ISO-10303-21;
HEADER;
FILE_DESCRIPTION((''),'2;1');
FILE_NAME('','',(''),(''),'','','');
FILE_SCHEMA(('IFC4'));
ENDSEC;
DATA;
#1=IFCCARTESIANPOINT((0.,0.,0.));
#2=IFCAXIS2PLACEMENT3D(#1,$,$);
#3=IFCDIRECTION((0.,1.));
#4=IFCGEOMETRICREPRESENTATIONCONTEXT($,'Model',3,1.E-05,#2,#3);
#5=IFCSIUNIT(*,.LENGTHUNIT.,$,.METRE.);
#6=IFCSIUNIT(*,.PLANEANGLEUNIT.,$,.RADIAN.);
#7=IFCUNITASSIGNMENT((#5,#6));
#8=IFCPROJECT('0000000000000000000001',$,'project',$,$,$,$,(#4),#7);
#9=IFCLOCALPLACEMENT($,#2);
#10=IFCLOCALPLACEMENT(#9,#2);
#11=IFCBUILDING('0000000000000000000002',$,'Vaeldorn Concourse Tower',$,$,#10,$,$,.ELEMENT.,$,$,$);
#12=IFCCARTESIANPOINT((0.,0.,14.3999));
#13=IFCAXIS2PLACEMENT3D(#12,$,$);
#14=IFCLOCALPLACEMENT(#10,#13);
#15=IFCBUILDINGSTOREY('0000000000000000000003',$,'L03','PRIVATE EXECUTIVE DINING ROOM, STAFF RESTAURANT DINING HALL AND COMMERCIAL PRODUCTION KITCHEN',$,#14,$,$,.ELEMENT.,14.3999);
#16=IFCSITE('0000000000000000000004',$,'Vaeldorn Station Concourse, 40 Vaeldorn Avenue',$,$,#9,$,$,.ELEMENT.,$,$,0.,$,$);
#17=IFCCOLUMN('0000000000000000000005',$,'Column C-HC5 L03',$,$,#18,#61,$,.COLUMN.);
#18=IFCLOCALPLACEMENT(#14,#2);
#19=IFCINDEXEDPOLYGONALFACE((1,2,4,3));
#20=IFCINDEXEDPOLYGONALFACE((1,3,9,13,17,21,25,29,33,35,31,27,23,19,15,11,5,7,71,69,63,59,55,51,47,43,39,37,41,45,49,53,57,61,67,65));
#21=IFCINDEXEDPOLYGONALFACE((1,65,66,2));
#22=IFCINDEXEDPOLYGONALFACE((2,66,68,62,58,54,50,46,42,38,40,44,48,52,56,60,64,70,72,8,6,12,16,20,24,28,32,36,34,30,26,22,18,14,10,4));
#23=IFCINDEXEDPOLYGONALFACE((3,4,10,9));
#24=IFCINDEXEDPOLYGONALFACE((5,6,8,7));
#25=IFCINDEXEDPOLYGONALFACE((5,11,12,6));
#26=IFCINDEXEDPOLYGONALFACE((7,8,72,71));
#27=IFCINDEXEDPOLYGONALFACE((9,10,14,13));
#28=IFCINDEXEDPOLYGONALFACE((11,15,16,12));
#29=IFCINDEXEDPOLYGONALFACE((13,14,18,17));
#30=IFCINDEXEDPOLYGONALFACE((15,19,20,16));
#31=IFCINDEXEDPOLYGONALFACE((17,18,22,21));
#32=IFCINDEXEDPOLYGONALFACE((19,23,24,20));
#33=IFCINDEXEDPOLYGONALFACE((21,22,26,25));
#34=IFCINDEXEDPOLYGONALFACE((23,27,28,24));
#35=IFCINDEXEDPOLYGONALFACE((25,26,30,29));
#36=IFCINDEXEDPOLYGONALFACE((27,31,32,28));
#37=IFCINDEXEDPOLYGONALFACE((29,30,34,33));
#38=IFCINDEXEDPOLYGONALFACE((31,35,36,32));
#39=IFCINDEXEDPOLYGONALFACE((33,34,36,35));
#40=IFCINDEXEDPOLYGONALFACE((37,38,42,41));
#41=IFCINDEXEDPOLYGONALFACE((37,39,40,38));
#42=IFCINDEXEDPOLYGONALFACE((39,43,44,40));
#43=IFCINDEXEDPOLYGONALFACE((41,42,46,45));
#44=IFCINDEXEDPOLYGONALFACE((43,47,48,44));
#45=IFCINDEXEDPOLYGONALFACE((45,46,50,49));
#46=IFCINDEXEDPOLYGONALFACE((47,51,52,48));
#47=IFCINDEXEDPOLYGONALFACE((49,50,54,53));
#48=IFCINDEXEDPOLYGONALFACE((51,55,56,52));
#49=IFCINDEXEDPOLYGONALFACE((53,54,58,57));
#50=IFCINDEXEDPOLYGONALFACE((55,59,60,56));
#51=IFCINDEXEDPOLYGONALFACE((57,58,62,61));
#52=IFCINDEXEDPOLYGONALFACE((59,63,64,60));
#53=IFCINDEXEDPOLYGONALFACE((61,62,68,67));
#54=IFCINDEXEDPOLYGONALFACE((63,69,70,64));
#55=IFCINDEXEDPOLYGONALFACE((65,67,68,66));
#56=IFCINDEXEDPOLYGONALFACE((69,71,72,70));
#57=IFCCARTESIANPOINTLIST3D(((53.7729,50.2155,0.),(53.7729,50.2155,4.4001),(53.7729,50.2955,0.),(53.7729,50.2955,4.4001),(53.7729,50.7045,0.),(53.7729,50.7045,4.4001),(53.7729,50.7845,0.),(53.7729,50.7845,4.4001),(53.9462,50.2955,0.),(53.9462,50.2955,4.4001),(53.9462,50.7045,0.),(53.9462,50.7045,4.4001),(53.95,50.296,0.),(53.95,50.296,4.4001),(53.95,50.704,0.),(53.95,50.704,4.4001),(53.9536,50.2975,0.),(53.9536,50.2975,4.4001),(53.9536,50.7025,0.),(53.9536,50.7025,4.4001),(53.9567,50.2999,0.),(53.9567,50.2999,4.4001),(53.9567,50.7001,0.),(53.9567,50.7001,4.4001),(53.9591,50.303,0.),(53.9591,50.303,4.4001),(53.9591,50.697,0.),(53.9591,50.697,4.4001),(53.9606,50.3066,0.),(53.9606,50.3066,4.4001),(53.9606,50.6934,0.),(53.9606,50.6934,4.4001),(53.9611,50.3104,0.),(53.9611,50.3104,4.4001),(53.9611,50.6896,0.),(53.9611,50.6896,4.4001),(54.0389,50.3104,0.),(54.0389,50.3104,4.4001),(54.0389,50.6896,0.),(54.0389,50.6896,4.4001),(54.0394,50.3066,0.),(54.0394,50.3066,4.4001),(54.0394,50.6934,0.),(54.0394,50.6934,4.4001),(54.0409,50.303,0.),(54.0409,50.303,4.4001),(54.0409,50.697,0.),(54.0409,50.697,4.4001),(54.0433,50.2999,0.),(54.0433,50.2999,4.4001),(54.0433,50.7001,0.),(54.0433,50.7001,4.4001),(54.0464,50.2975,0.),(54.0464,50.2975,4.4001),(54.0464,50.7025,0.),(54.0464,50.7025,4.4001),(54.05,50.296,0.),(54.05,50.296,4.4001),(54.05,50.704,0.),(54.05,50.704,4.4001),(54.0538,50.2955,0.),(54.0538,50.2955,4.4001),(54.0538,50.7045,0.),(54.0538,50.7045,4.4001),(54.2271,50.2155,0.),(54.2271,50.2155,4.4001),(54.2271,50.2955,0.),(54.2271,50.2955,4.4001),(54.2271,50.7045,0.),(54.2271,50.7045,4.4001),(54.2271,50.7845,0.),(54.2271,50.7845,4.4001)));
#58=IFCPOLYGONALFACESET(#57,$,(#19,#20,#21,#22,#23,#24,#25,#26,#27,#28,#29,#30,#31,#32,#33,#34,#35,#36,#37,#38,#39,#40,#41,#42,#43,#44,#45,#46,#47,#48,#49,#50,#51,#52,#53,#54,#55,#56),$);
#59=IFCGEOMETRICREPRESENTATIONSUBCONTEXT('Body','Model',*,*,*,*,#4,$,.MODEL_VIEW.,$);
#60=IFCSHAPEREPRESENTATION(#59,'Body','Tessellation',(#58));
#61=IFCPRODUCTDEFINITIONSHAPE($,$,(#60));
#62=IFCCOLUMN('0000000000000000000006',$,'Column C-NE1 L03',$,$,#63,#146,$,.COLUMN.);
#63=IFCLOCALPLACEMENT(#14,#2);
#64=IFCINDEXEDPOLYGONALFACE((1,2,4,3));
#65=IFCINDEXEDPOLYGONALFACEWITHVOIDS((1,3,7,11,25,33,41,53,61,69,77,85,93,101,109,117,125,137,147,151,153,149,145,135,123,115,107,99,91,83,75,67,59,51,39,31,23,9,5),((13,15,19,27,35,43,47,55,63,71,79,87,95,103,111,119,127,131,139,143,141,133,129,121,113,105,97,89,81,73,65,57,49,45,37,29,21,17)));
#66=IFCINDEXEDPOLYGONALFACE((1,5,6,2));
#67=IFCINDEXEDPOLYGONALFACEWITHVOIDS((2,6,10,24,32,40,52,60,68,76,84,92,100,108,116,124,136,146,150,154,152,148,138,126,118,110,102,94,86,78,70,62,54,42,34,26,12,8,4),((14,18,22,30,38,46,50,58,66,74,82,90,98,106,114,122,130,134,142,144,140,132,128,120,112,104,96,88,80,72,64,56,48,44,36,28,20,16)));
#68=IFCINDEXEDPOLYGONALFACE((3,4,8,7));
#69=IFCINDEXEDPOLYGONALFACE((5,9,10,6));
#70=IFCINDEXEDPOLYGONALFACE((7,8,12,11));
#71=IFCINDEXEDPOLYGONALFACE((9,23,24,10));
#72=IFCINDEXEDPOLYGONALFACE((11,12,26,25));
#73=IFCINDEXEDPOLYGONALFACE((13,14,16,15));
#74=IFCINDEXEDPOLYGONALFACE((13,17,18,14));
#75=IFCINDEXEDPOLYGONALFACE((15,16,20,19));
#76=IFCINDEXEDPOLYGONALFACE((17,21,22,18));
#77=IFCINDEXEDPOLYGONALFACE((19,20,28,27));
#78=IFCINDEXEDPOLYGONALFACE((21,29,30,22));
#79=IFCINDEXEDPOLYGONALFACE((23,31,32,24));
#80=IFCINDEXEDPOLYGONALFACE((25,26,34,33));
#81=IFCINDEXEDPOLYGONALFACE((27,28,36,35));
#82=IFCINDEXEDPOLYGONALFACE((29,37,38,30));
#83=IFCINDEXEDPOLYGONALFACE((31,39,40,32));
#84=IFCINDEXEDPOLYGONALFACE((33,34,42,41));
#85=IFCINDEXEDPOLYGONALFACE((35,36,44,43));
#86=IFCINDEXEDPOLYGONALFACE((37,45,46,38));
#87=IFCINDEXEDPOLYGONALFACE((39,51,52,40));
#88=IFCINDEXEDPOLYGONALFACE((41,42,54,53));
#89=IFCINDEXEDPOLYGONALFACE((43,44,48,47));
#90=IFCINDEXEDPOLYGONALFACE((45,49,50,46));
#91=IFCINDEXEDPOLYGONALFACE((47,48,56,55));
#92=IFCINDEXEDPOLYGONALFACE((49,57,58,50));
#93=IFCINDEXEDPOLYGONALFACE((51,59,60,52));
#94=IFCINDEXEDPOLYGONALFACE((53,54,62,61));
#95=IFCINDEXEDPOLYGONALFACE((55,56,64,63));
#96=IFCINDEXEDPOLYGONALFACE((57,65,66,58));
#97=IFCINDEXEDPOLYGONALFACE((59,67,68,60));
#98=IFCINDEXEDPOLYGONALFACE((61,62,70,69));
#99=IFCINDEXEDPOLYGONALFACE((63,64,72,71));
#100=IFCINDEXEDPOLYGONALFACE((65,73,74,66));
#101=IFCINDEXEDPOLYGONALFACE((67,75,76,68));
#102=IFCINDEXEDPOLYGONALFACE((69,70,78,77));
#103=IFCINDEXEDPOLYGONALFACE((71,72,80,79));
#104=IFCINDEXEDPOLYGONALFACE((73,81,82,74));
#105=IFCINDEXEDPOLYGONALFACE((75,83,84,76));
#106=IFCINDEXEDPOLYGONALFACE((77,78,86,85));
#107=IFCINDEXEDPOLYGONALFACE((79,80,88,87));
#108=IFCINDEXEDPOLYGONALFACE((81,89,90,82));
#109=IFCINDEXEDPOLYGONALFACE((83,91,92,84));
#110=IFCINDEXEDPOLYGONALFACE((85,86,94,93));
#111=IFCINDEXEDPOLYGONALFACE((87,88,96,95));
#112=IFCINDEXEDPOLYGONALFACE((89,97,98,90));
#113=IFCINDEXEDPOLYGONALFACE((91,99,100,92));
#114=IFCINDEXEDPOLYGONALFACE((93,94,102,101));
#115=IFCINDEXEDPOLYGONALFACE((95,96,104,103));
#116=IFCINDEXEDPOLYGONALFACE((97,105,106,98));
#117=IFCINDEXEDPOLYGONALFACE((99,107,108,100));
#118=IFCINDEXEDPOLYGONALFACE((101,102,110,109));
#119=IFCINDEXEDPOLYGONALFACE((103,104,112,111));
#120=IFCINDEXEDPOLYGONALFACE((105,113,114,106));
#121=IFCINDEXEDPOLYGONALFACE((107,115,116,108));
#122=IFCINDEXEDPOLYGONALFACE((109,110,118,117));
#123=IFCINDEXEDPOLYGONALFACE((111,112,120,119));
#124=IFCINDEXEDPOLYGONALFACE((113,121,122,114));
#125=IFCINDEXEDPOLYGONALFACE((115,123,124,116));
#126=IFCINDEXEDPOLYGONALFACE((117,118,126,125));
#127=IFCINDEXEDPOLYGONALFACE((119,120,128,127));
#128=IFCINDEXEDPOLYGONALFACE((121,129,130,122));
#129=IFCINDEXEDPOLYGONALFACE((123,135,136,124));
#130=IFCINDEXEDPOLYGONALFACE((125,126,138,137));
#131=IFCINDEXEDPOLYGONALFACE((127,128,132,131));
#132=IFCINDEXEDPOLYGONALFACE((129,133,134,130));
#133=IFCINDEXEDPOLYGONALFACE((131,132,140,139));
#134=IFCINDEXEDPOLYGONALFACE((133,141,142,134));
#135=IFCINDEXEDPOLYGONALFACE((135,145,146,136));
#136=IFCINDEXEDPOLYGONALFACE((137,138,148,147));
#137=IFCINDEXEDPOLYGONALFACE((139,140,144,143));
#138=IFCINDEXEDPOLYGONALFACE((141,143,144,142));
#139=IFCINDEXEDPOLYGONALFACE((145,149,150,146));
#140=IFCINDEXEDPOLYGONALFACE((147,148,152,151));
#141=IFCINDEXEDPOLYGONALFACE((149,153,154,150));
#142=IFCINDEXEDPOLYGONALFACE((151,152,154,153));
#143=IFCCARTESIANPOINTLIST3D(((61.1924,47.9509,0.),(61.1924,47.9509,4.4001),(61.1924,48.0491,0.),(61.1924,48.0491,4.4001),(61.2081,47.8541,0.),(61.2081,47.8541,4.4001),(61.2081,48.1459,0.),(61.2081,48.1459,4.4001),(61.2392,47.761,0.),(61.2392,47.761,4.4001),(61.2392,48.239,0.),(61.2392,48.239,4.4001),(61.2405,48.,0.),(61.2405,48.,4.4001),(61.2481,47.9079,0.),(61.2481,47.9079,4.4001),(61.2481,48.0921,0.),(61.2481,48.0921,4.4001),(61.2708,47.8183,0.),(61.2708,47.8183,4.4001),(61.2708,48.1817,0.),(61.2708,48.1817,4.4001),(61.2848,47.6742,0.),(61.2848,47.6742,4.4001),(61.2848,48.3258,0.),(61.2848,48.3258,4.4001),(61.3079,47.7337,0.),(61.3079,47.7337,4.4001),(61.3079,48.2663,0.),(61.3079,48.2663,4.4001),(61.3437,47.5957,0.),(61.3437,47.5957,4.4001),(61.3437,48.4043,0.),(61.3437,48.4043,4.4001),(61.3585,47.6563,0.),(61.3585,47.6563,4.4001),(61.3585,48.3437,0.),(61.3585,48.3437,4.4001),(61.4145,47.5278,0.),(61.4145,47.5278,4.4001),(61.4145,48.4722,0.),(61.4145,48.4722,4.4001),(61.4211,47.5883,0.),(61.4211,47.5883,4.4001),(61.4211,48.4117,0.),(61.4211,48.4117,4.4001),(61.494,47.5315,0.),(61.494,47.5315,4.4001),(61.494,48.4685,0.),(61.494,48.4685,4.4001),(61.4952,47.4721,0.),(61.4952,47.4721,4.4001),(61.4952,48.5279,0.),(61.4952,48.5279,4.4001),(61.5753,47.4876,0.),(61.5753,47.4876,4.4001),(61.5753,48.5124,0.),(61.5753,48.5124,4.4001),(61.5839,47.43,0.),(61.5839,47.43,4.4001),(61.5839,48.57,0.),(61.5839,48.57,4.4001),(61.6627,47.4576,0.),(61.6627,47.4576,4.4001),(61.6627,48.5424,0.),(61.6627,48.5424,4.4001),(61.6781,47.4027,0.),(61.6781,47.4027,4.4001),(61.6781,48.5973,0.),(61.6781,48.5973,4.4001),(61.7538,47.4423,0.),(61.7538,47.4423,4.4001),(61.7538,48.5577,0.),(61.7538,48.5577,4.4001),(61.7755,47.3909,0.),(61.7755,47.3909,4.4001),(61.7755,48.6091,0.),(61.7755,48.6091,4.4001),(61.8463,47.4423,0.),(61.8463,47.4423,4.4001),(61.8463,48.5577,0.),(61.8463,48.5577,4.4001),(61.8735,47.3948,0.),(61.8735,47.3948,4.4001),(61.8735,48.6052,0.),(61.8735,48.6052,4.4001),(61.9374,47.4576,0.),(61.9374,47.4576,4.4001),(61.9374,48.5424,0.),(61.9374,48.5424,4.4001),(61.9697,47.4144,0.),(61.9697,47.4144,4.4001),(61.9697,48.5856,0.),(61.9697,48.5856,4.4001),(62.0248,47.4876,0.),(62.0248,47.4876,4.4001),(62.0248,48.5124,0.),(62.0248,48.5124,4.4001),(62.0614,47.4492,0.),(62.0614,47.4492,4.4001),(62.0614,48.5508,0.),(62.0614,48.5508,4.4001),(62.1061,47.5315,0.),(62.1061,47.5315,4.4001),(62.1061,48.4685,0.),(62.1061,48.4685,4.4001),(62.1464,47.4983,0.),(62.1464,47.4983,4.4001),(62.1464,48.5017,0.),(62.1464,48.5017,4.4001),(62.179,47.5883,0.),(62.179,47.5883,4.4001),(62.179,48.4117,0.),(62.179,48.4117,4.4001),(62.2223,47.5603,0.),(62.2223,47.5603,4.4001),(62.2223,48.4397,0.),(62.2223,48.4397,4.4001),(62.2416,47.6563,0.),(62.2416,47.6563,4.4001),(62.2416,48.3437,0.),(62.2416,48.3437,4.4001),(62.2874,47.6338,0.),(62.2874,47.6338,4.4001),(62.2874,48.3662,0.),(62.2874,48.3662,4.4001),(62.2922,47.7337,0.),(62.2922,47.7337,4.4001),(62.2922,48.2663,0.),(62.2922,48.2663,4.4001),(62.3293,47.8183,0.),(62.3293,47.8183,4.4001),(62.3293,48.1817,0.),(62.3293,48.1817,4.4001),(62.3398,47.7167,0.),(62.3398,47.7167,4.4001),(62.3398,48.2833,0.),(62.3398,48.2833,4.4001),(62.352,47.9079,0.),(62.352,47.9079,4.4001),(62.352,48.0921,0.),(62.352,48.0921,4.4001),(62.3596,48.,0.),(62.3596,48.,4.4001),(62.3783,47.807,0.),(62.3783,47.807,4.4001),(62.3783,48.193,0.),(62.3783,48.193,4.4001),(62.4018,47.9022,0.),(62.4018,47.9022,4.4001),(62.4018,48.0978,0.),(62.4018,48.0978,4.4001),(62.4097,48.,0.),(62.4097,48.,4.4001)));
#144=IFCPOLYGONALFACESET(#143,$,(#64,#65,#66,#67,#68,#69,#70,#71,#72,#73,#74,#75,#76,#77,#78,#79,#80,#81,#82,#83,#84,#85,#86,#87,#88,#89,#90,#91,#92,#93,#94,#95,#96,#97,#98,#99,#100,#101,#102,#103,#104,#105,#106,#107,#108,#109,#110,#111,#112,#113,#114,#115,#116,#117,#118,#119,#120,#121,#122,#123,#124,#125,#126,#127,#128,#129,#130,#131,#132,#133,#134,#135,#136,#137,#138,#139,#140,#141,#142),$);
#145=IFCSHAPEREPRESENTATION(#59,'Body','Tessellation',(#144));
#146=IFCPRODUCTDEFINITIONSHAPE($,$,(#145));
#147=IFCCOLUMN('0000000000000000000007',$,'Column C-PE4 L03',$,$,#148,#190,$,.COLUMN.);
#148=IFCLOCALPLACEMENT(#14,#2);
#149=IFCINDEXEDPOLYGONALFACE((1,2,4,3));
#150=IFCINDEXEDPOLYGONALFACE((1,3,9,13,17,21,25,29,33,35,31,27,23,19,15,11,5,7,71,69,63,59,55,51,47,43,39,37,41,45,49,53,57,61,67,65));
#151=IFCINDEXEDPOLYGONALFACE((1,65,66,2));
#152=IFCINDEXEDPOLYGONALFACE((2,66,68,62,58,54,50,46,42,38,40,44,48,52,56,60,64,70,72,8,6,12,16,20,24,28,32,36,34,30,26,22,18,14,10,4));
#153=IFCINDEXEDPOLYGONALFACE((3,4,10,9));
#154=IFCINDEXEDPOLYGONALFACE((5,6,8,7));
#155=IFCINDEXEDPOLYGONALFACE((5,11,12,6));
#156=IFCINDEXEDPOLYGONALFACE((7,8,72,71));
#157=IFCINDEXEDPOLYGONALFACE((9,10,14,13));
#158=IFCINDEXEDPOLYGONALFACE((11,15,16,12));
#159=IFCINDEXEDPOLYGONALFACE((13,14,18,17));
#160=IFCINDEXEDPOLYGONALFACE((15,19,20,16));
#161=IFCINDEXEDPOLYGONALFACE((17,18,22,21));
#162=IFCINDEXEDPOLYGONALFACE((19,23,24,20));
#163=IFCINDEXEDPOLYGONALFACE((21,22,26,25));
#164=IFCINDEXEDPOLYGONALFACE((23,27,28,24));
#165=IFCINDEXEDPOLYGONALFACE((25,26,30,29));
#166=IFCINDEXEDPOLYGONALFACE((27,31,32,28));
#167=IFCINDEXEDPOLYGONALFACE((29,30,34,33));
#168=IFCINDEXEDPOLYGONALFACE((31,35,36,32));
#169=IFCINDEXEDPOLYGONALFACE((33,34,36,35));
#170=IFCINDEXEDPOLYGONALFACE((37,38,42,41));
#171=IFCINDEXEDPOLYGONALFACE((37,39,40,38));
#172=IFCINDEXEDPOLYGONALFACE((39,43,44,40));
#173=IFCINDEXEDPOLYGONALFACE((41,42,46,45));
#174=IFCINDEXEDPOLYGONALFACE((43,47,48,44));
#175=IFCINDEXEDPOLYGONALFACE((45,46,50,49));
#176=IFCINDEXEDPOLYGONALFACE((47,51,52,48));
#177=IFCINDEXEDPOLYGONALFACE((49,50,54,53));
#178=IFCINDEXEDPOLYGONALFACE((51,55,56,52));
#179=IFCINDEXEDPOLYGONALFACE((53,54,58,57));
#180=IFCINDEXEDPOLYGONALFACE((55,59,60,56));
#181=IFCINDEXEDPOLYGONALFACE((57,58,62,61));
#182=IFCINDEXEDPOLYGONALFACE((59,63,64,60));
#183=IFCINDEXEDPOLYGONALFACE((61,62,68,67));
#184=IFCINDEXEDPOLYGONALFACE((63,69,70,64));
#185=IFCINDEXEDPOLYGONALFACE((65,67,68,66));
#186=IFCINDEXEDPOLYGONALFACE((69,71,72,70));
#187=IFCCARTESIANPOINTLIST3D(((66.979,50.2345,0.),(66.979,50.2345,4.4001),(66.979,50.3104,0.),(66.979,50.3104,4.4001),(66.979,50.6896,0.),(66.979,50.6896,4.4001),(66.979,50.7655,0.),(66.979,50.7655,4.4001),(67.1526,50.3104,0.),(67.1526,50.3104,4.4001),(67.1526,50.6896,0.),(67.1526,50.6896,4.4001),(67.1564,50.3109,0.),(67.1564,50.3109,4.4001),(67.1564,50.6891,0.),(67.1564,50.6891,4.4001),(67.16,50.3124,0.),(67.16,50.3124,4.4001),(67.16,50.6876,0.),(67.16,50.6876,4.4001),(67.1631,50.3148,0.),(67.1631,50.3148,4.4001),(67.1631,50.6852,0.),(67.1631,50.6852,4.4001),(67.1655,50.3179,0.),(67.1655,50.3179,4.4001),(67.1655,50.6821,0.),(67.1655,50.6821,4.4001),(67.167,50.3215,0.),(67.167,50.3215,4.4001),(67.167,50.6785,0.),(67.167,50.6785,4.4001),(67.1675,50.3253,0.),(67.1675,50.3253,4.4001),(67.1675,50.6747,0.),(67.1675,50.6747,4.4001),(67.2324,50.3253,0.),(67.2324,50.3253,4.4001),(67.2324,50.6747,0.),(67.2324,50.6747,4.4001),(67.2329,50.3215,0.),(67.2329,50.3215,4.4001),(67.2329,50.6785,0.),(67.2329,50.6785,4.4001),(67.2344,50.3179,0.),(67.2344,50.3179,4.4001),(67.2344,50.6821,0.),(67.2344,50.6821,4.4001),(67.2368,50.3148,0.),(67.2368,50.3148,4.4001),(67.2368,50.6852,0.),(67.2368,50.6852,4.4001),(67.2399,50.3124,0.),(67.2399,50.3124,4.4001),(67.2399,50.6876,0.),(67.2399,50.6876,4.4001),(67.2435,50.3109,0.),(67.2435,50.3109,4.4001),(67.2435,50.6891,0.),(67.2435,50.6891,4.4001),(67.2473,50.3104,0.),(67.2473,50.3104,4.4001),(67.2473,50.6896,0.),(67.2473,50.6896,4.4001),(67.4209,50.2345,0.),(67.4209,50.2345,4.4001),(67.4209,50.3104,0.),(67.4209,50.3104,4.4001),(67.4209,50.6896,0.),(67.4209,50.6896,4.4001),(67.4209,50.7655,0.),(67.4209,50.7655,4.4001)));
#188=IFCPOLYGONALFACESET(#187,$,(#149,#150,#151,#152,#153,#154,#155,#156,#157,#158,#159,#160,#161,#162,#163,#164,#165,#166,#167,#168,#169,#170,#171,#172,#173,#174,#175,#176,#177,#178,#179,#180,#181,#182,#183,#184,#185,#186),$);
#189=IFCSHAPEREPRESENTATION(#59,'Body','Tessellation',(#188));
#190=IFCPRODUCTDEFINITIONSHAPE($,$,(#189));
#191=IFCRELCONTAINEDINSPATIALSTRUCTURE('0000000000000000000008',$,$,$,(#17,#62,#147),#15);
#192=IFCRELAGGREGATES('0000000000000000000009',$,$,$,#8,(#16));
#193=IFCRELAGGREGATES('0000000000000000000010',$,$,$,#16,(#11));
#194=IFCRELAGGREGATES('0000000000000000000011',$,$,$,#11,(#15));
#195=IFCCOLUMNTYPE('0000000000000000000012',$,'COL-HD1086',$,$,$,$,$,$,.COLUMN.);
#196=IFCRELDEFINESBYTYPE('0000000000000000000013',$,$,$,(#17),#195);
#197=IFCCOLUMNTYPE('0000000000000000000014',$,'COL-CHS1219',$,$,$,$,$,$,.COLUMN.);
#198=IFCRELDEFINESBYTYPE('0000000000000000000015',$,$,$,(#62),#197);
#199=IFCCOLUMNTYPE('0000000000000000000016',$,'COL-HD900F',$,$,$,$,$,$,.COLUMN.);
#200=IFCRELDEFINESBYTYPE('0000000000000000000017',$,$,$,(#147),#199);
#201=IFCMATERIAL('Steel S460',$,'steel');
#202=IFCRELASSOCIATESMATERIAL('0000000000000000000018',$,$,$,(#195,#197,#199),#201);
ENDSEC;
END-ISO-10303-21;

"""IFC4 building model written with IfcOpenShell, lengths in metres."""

from ifc_helpers import new_model, si_unit, direction, frame, origin, origin_2d, place, context, subcontext, project, spatial, hollow_circle, i_section, extrude, source, transform, mapped, material, material_profile, profile_set, type_object, element, save


model = new_model("IFC4")

# Units and contexts
model_context = context("Model", 3, precision=1e-05, world=origin(), true_north=direction((0.0, 1.0)))
body_context = subcontext(model_context, "Body", "Model", "MODEL_VIEW")
ifc_project = project(units=[si_unit("LENGTHUNIT", "METRE"), si_unit("PLANEANGLEUNIT", "RADIAN")], contexts=[model_context])

# Site, building, storey
site_placement = place(None, origin())
site = spatial("IfcSite", under=ifc_project, at=site_placement, Name="Vaeldorn Station Concourse, 40 Vaeldorn Avenue", CompositionType="ELEMENT", RefElevation=0.0)
building_placement = place(site_placement, origin())
building = spatial("IfcBuilding", under=site, at=building_placement, Name="Vaeldorn Concourse Tower", CompositionType="ELEMENT")
storey_placement = place(building_placement, frame((0.0, 0.0, 14.3999)))
storey = spatial("IfcBuildingStorey", under=building, at=storey_placement, Name="L03", Description="PRIVATE EXECUTIVE DINING ROOM, STAFF RESTAURANT DINING HALL AND COMMERCIAL PRODUCTION KITCHEN", CompositionType="ELEMENT", Elevation=14.3999)

# Columns
ifc_material_1 = material(Name="Steel S460", Category="steel")
ifc_material_profile_1 = material_profile(ifc_material_1, i_section(OverallWidth=0.4541, OverallDepth=0.5691, WebThickness=0.0779, FlangeThickness=0.0801, FilletRadius=0.0149, at=origin_2d()), Name="HD 400x1086")
ifc_profile_set_1 = profile_set([ifc_material_profile_1], Name="Steel S460")
column_type_1 = type_object("IfcColumnType", Name="COL-HD1086", PredefinedType="COLUMN", material=ifc_profile_set_1)
shared_shape_1 = source(origin(), body_context, "Body", "SweptSolid", [
    extrude(i_section(OverallWidth=0.4541, OverallDepth=0.5691, WebThickness=0.0779, FlangeThickness=0.0801, FilletRadius=0.0149, at=origin_2d()), origin(), (0.0, 0.0, 1.0), 4.4001),
])
column_1_placement = place(storey_placement, frame((54.0, 50.5, 0.0), z_axis=(0.0, 0.0, 1.0), x_axis=(1.0, 0.0, 0.0)))
element("IfcColumn", 1, at=column_1_placement, inside=storey, type_object=column_type_1, Name="Column C-HC5 L03", PredefinedType="COLUMN", context=body_context, shape_type="MappedRepresentation", body=[
    mapped(shared_shape_1, transform((0.0, 0.0, 0.0), scale=1.0)),
])
ifc_material_profile_2 = material_profile(ifc_material_1, hollow_circle(Radius=0.6096, WallThickness=0.05, at=origin_2d()), Name="CHS 1219x50")
ifc_profile_set_2 = profile_set([ifc_material_profile_2], Name="Steel S460")
column_type_2 = type_object("IfcColumnType", Name="COL-CHS1219", PredefinedType="COLUMN", material=ifc_profile_set_2)
shared_shape_2 = source(origin(), body_context, "Body", "SweptSolid", [
    extrude(hollow_circle(Radius=0.6096, WallThickness=0.05, at=origin_2d()), origin(), (0.0, 0.0, 1.0), 4.4001),
])
column_2_placement = place(storey_placement, frame((61.8, 48.0, 0.0), z_axis=(0.0, 0.0, 1.0), x_axis=(1.0, 0.0, 0.0)))
element("IfcColumn", 2, at=column_2_placement, inside=storey, type_object=column_type_2, Name="Column C-NE1 L03", PredefinedType="COLUMN", context=body_context, shape_type="MappedRepresentation", body=[
    mapped(shared_shape_2, transform((0.0, 0.0, 0.0), scale=1.0)),
])
ifc_material_profile_3 = material_profile(ifc_material_1, i_section(OverallWidth=0.4419, OverallDepth=0.531, WebThickness=0.0649, FlangeThickness=0.0759, FilletRadius=0.0149, at=origin_2d()), Name="HD 400x900")
ifc_profile_set_3 = profile_set([ifc_material_profile_3], Name="Steel S460")
column_type_3 = type_object("IfcColumnType", Name="COL-HD900F", PredefinedType="COLUMN", material=ifc_profile_set_3)
shared_shape_3 = source(origin(), body_context, "Body", "SweptSolid", [
    extrude(i_section(OverallWidth=0.4419, OverallDepth=0.531, WebThickness=0.0649, FlangeThickness=0.0759, FilletRadius=0.0149, at=origin_2d()), origin(), (0.0, 0.0, 1.0), 4.4001),
])
column_3_placement = place(storey_placement, frame((67.2, 50.5, 0.0), z_axis=(0.0, 0.0, 1.0), x_axis=(1.0, 0.0, 0.0)))
element("IfcColumn", 3, at=column_3_placement, inside=storey, type_object=column_type_3, Name="Column C-PE4 L03", PredefinedType="COLUMN", context=body_context, shape_type="MappedRepresentation", body=[
    mapped(shared_shape_3, transform((0.0, 0.0, 0.0), scale=1.0)),
])

save(model, "model.ifc")
